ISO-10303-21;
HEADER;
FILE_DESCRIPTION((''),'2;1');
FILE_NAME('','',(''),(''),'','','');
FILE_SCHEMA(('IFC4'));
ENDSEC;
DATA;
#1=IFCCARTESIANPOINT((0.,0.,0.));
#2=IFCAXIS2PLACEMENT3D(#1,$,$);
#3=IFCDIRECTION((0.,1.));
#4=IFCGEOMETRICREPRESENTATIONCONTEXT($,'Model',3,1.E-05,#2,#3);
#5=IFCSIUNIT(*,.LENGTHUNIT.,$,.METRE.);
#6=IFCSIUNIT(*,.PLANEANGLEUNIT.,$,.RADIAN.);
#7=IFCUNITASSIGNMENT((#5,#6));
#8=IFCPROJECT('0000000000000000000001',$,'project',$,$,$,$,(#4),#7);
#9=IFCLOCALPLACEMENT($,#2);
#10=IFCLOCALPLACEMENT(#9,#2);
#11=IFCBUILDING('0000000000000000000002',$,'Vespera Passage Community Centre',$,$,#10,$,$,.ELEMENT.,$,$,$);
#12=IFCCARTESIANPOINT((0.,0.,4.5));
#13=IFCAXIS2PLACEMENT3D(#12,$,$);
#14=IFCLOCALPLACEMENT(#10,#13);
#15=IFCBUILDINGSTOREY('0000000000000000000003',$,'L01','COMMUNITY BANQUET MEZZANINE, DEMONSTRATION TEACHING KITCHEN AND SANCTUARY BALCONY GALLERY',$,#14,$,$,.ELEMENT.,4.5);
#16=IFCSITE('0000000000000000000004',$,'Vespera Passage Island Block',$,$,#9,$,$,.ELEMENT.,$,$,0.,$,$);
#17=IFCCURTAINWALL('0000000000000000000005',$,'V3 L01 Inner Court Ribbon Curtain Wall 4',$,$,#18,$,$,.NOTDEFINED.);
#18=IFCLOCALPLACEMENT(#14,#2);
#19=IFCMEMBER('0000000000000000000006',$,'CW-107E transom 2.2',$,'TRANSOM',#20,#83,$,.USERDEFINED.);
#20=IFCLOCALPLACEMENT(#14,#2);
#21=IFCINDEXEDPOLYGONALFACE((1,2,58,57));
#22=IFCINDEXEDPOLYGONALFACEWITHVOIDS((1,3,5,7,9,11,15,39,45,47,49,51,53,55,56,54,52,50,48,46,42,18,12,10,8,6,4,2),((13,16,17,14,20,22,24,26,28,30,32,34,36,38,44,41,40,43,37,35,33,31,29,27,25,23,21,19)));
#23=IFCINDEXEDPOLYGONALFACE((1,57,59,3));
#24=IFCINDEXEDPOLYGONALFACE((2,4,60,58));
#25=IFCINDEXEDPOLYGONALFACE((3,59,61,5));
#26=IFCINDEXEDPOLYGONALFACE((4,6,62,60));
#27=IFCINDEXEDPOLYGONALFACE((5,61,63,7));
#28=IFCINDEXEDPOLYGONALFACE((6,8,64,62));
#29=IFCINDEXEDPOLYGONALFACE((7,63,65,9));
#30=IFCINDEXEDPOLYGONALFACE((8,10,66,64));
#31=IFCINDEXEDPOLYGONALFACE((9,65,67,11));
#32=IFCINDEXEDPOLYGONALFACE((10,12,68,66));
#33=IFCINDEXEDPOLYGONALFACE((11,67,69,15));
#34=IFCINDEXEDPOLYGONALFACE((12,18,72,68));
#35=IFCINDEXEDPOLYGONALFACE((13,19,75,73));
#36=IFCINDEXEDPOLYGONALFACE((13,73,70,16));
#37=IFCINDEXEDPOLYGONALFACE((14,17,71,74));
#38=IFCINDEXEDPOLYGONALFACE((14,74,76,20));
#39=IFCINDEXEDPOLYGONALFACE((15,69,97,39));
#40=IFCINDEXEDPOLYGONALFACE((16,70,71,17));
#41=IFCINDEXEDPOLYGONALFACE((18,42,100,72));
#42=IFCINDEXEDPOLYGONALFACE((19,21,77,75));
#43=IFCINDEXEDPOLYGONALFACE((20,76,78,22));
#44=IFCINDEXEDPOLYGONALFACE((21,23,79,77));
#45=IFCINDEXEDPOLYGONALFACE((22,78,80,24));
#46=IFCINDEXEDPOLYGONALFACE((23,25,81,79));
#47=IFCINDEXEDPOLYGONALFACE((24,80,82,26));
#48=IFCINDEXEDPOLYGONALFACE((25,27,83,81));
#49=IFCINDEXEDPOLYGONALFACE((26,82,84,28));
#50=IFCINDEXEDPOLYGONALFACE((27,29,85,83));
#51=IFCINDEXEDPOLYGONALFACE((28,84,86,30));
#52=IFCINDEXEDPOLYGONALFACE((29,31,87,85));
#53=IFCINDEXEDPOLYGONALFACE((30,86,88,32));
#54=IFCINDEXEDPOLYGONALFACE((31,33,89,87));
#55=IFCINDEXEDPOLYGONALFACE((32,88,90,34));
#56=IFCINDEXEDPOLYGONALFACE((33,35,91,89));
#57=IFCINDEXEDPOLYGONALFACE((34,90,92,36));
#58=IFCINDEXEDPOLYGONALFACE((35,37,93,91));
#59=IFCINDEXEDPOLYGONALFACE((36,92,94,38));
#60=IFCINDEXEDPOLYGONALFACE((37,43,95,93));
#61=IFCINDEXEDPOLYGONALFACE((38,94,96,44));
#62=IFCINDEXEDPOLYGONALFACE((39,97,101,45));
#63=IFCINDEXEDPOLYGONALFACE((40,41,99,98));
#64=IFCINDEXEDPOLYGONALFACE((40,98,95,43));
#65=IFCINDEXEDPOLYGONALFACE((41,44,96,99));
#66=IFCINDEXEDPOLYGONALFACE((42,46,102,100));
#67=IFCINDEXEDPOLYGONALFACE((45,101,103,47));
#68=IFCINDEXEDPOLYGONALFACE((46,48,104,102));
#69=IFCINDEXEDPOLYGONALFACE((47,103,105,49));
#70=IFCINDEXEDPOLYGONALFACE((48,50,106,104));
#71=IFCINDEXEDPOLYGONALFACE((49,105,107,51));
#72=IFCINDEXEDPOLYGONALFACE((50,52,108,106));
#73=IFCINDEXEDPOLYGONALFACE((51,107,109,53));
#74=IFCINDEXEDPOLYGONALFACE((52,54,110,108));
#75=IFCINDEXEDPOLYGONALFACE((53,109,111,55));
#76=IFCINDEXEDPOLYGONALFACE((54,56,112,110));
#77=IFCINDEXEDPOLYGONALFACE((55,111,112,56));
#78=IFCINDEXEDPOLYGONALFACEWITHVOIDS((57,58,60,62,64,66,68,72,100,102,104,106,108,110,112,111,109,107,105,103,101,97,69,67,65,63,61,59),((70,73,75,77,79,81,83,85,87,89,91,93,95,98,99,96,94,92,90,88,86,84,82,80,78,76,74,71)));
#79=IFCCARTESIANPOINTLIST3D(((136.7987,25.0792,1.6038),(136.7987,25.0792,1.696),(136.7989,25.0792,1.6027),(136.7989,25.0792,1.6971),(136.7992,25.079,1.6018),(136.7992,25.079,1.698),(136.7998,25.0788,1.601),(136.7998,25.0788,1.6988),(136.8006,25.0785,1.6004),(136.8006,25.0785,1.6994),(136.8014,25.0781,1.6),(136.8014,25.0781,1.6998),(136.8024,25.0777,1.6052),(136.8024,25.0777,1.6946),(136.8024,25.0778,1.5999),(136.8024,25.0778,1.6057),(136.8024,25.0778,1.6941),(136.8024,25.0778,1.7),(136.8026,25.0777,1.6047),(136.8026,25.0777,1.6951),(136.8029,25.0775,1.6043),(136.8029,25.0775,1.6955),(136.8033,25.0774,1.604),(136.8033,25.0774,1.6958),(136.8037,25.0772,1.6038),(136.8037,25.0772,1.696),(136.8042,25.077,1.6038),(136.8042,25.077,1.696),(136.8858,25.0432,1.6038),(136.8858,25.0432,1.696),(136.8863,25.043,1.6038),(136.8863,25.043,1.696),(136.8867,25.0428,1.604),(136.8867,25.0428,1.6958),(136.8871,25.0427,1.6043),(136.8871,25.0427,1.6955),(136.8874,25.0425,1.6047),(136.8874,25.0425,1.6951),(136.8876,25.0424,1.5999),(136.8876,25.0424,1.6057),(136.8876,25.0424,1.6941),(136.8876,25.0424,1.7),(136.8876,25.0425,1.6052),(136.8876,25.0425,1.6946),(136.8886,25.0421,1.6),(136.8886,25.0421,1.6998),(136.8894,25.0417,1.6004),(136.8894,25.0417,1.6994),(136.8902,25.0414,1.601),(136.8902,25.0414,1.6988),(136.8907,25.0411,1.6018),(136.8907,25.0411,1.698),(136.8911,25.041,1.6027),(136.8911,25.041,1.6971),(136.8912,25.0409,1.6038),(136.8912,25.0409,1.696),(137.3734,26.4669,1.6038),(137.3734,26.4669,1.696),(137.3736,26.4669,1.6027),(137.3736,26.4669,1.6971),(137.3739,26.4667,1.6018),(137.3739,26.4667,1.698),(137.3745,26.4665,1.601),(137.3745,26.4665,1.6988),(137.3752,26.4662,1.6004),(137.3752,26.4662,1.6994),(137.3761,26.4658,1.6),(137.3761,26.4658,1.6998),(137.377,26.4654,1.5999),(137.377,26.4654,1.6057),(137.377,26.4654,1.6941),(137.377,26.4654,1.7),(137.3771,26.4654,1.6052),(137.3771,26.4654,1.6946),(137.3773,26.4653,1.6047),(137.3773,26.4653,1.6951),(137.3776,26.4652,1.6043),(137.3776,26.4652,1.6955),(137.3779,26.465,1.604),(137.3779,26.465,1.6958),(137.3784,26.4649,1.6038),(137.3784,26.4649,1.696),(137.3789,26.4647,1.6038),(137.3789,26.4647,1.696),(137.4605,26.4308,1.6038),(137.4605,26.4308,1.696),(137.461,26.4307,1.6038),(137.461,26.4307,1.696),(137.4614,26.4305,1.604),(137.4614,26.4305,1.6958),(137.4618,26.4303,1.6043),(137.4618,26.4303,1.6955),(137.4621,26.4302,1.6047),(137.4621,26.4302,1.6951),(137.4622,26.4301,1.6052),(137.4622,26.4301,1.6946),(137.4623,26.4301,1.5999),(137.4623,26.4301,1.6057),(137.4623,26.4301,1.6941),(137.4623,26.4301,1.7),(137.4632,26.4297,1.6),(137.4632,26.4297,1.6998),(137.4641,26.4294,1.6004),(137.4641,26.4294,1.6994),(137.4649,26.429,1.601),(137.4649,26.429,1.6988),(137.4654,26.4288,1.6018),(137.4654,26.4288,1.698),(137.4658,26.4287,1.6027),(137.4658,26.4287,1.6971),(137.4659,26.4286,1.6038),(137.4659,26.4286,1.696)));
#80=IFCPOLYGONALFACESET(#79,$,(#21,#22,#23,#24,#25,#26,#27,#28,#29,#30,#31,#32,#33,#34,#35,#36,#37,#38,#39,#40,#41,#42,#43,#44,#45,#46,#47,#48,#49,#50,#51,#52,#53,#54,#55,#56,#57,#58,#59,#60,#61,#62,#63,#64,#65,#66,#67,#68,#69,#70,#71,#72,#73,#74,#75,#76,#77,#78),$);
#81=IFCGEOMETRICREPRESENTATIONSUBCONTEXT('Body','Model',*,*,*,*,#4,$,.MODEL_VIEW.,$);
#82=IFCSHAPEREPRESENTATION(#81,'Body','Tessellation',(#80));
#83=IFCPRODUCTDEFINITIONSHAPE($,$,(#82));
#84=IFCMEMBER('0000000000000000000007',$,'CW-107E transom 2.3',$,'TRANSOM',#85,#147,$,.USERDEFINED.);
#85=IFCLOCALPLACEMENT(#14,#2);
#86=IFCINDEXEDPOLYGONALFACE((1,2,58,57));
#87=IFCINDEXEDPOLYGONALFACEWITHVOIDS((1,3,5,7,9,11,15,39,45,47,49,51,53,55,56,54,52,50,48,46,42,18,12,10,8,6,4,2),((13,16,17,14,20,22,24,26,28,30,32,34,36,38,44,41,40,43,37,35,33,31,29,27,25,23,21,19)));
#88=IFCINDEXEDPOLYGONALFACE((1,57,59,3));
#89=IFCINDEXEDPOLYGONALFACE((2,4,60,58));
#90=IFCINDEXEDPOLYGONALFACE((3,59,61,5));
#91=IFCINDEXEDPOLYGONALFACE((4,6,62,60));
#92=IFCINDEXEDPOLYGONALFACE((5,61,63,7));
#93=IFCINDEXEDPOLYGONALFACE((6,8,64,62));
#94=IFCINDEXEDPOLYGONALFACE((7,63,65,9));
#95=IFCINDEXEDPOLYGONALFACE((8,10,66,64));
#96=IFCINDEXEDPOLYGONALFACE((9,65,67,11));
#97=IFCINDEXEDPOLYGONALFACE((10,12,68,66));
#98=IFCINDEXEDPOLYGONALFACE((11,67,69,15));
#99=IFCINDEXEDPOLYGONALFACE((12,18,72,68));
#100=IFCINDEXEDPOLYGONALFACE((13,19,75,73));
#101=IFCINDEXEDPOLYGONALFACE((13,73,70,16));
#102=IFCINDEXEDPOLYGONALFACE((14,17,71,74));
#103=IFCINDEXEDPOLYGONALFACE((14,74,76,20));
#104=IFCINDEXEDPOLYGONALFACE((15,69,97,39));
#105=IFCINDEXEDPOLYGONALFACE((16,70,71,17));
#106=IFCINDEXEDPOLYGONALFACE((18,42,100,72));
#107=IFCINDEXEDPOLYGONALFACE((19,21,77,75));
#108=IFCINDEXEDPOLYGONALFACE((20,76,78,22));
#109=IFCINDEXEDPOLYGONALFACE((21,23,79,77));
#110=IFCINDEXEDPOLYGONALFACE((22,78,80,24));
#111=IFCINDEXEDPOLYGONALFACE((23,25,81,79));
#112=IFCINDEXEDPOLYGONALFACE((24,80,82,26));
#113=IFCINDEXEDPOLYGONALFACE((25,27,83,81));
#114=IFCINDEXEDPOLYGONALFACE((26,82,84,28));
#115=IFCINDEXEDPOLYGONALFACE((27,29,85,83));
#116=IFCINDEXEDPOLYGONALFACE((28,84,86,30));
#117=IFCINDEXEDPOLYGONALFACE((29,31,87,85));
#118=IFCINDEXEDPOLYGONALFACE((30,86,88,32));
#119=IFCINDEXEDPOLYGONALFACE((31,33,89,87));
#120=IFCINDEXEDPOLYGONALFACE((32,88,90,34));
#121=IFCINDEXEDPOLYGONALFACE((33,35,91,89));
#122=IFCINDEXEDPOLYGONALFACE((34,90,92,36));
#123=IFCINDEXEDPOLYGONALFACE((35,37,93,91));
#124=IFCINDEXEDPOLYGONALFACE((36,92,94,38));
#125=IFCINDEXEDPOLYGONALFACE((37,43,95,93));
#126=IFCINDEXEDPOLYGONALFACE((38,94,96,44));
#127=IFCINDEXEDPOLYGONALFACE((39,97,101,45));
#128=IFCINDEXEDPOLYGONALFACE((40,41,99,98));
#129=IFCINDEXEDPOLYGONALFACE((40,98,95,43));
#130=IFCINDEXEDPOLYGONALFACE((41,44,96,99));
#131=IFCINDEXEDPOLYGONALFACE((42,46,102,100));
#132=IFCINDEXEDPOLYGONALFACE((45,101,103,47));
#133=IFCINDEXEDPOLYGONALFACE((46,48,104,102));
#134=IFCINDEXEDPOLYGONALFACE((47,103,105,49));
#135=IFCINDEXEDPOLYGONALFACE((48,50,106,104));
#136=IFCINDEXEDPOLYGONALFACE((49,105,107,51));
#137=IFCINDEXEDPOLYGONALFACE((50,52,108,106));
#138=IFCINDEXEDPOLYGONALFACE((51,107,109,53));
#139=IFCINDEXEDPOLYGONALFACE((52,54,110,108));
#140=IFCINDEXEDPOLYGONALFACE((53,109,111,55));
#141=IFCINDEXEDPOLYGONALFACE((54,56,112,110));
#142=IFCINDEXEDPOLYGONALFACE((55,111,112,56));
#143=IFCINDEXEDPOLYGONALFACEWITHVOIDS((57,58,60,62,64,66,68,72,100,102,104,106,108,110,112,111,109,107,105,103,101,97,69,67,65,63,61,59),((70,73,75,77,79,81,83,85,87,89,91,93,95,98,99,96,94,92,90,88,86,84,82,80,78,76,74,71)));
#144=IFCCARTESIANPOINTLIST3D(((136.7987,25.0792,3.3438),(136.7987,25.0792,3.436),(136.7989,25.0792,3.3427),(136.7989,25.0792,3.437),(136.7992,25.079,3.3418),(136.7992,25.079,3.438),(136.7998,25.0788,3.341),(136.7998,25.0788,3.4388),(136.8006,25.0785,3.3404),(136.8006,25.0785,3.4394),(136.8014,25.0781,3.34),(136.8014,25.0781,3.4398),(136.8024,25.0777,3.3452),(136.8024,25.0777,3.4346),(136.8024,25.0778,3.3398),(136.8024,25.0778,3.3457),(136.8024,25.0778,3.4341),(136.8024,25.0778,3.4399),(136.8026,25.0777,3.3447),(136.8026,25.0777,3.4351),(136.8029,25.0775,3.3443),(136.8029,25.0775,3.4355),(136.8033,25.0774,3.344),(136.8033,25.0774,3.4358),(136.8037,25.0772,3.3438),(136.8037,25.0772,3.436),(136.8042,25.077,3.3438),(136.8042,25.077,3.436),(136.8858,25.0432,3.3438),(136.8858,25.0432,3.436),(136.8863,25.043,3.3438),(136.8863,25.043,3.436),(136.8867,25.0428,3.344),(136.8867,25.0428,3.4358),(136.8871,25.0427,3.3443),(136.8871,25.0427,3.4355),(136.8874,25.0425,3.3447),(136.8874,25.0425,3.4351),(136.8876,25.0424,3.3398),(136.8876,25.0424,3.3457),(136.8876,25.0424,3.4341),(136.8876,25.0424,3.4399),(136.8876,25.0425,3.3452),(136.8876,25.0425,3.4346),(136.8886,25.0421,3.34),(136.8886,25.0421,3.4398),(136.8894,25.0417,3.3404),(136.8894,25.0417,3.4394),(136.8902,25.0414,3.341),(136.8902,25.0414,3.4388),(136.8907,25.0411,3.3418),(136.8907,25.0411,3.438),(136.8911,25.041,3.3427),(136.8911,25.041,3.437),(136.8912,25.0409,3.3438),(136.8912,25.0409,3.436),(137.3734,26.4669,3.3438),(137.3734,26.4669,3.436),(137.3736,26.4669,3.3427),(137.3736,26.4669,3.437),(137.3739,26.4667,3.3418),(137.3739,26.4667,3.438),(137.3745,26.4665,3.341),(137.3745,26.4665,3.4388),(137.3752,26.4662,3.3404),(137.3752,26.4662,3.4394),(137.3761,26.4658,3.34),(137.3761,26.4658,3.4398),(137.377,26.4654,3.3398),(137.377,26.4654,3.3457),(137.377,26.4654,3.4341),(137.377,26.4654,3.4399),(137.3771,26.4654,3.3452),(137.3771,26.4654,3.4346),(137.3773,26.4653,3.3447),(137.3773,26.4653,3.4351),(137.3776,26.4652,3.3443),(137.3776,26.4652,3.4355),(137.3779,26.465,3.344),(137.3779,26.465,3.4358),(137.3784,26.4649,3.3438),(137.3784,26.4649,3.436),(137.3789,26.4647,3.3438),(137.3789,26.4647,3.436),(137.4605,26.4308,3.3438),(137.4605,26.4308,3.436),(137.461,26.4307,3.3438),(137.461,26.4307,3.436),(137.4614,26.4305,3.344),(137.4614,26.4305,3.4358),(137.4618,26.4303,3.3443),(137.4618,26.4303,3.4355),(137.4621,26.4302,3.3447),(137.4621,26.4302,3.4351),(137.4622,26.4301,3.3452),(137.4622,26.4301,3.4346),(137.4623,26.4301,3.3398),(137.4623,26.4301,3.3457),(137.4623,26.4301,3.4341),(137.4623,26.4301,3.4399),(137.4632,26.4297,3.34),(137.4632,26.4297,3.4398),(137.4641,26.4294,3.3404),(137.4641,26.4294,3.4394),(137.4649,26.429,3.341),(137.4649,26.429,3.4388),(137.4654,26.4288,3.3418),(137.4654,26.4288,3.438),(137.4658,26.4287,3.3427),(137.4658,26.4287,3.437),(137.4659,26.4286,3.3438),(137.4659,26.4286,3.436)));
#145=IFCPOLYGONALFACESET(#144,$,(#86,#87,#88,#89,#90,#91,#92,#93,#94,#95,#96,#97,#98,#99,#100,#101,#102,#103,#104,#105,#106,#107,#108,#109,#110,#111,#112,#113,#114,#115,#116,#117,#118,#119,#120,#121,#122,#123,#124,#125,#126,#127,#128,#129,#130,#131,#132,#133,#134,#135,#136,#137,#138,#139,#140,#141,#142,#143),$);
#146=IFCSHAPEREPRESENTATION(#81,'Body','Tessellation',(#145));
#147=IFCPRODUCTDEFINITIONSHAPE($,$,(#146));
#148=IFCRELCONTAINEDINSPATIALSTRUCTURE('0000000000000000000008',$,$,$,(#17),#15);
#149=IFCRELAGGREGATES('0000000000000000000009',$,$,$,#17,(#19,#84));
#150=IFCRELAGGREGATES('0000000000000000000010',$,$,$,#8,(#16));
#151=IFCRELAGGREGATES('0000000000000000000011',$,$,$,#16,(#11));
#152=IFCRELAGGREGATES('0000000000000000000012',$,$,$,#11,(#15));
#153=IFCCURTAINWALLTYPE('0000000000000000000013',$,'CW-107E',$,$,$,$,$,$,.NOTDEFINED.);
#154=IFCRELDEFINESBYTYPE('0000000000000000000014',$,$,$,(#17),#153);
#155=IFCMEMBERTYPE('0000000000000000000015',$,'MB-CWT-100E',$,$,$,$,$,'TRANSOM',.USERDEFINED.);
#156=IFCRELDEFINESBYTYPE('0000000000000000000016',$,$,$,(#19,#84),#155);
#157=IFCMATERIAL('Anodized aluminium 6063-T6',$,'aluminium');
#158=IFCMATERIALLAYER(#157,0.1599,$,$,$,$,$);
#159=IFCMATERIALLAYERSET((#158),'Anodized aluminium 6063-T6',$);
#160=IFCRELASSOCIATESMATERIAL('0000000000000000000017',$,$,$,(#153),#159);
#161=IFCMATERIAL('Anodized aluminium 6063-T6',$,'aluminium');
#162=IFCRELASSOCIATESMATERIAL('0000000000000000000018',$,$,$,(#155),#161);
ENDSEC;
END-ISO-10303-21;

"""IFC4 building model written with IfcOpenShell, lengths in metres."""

from ifc_helpers import new_model, si_unit, direction, frame, origin, origin_2d, place, context, subcontext, project, spatial, hollow_rectangle, extrude, material, layer, layer_set, material_profile, profile_set, type_object, element, aggregate, save


model = new_model("IFC4")

# Units and contexts
model_context = context("Model", 3, precision=1e-05, world=origin(), true_north=direction((0.0, 1.0)))
body_context = subcontext(model_context, "Body", "Model", "MODEL_VIEW")
ifc_project = project(units=[si_unit("LENGTHUNIT", "METRE"), si_unit("PLANEANGLEUNIT", "RADIAN")], contexts=[model_context])

# Site, building, storey
site_placement = place(None, origin())
site = spatial("IfcSite", under=ifc_project, at=site_placement, Name="Vespera Passage Island Block", CompositionType="ELEMENT", RefElevation=0.0)
building_placement = place(site_placement, origin())
building = spatial("IfcBuilding", under=site, at=building_placement, Name="Vespera Passage Community Centre", CompositionType="ELEMENT")
storey_placement = place(building_placement, frame((0.0, 0.0, 4.5)))
storey = spatial("IfcBuildingStorey", under=building, at=storey_placement, Name="L01", Description="COMMUNITY BANQUET MEZZANINE, DEMONSTRATION TEACHING KITCHEN AND SANCTUARY BALCONY GALLERY", CompositionType="ELEMENT", Elevation=4.5)

# Curtain wall
ifc_material_1 = material(Name="Anodized aluminium 6063-T6", Category="aluminium")
ifc_layer_1 = layer(ifc_material_1, 0.1599)
ifc_layer_set_1 = layer_set([ifc_layer_1], Name="Anodized aluminium 6063-T6")
curtain_wall_type = type_object("IfcCurtainWallType", Name="CW-107E", PredefinedType="NOTDEFINED", material=ifc_layer_set_1)
curtain_wall_1_placement = place(storey_placement, origin())
curtain_wall_1 = element("IfcCurtainWall", 1, at=curtain_wall_1_placement, inside=storey, type_object=curtain_wall_type, Name="V3 L01 Inner Court Ribbon Curtain Wall 4", PredefinedType="NOTDEFINED")

# Members
ifc_material_2 = material(Name="Anodized aluminium 6063-T6", Category="aluminium")
ifc_material_profile_1 = material_profile(ifc_material_2, hollow_rectangle(XDim=0.1001, YDim=0.1001, WallThickness=0.0039, InnerFilletRadius=0.002, OuterFilletRadius=0.0039, at=origin_2d()), Name="ALU100X100X4")
ifc_profile_set_1 = profile_set([ifc_material_profile_1], Name="Anodized aluminium 6063-T6")
member_type_1 = type_object("IfcMemberType", Name="MB-CWT-100E", ElementType="TRANSOM", PredefinedType="USERDEFINED", material=ifc_profile_set_1)
member_1_placement = place(storey_placement, frame((137.4197, 26.4478, 1.6499), z_axis=(-0.382629, -0.923902, 0.0), x_axis=(0.923902, -0.382629, 0.0)))
member_1 = element("IfcMember", 2, at=member_1_placement, type_object=member_type_1, Name="CW-107E transom 2.2", ObjectType="TRANSOM", PredefinedType="USERDEFINED", context=body_context, shape_type="SweptSolid", body=[
    extrude(hollow_rectangle(XDim=0.1001, YDim=0.1001, WallThickness=0.0039, InnerFilletRadius=0.002, OuterFilletRadius=0.0039, at=origin_2d()), origin(), (0.0, 0.0, 1.0), 1.502),
])
member_2_placement = place(storey_placement, frame((137.4197, 26.4478, 3.3899), z_axis=(-0.382629, -0.923902, 0.0), x_axis=(0.923902, -0.382629, 0.0)))
member_2 = element("IfcMember", 3, at=member_2_placement, type_object=member_type_1, Name="CW-107E transom 2.3", ObjectType="TRANSOM", PredefinedType="USERDEFINED", context=body_context, shape_type="SweptSolid", body=[
    extrude(hollow_rectangle(XDim=0.1001, YDim=0.1001, WallThickness=0.0039, InnerFilletRadius=0.002, OuterFilletRadius=0.0039, at=origin_2d()), origin(), (0.0, 0.0, 1.0), 1.502),
])

aggregate(curtain_wall_1, [member_1, member_2])

save(model, "model.ifc")
